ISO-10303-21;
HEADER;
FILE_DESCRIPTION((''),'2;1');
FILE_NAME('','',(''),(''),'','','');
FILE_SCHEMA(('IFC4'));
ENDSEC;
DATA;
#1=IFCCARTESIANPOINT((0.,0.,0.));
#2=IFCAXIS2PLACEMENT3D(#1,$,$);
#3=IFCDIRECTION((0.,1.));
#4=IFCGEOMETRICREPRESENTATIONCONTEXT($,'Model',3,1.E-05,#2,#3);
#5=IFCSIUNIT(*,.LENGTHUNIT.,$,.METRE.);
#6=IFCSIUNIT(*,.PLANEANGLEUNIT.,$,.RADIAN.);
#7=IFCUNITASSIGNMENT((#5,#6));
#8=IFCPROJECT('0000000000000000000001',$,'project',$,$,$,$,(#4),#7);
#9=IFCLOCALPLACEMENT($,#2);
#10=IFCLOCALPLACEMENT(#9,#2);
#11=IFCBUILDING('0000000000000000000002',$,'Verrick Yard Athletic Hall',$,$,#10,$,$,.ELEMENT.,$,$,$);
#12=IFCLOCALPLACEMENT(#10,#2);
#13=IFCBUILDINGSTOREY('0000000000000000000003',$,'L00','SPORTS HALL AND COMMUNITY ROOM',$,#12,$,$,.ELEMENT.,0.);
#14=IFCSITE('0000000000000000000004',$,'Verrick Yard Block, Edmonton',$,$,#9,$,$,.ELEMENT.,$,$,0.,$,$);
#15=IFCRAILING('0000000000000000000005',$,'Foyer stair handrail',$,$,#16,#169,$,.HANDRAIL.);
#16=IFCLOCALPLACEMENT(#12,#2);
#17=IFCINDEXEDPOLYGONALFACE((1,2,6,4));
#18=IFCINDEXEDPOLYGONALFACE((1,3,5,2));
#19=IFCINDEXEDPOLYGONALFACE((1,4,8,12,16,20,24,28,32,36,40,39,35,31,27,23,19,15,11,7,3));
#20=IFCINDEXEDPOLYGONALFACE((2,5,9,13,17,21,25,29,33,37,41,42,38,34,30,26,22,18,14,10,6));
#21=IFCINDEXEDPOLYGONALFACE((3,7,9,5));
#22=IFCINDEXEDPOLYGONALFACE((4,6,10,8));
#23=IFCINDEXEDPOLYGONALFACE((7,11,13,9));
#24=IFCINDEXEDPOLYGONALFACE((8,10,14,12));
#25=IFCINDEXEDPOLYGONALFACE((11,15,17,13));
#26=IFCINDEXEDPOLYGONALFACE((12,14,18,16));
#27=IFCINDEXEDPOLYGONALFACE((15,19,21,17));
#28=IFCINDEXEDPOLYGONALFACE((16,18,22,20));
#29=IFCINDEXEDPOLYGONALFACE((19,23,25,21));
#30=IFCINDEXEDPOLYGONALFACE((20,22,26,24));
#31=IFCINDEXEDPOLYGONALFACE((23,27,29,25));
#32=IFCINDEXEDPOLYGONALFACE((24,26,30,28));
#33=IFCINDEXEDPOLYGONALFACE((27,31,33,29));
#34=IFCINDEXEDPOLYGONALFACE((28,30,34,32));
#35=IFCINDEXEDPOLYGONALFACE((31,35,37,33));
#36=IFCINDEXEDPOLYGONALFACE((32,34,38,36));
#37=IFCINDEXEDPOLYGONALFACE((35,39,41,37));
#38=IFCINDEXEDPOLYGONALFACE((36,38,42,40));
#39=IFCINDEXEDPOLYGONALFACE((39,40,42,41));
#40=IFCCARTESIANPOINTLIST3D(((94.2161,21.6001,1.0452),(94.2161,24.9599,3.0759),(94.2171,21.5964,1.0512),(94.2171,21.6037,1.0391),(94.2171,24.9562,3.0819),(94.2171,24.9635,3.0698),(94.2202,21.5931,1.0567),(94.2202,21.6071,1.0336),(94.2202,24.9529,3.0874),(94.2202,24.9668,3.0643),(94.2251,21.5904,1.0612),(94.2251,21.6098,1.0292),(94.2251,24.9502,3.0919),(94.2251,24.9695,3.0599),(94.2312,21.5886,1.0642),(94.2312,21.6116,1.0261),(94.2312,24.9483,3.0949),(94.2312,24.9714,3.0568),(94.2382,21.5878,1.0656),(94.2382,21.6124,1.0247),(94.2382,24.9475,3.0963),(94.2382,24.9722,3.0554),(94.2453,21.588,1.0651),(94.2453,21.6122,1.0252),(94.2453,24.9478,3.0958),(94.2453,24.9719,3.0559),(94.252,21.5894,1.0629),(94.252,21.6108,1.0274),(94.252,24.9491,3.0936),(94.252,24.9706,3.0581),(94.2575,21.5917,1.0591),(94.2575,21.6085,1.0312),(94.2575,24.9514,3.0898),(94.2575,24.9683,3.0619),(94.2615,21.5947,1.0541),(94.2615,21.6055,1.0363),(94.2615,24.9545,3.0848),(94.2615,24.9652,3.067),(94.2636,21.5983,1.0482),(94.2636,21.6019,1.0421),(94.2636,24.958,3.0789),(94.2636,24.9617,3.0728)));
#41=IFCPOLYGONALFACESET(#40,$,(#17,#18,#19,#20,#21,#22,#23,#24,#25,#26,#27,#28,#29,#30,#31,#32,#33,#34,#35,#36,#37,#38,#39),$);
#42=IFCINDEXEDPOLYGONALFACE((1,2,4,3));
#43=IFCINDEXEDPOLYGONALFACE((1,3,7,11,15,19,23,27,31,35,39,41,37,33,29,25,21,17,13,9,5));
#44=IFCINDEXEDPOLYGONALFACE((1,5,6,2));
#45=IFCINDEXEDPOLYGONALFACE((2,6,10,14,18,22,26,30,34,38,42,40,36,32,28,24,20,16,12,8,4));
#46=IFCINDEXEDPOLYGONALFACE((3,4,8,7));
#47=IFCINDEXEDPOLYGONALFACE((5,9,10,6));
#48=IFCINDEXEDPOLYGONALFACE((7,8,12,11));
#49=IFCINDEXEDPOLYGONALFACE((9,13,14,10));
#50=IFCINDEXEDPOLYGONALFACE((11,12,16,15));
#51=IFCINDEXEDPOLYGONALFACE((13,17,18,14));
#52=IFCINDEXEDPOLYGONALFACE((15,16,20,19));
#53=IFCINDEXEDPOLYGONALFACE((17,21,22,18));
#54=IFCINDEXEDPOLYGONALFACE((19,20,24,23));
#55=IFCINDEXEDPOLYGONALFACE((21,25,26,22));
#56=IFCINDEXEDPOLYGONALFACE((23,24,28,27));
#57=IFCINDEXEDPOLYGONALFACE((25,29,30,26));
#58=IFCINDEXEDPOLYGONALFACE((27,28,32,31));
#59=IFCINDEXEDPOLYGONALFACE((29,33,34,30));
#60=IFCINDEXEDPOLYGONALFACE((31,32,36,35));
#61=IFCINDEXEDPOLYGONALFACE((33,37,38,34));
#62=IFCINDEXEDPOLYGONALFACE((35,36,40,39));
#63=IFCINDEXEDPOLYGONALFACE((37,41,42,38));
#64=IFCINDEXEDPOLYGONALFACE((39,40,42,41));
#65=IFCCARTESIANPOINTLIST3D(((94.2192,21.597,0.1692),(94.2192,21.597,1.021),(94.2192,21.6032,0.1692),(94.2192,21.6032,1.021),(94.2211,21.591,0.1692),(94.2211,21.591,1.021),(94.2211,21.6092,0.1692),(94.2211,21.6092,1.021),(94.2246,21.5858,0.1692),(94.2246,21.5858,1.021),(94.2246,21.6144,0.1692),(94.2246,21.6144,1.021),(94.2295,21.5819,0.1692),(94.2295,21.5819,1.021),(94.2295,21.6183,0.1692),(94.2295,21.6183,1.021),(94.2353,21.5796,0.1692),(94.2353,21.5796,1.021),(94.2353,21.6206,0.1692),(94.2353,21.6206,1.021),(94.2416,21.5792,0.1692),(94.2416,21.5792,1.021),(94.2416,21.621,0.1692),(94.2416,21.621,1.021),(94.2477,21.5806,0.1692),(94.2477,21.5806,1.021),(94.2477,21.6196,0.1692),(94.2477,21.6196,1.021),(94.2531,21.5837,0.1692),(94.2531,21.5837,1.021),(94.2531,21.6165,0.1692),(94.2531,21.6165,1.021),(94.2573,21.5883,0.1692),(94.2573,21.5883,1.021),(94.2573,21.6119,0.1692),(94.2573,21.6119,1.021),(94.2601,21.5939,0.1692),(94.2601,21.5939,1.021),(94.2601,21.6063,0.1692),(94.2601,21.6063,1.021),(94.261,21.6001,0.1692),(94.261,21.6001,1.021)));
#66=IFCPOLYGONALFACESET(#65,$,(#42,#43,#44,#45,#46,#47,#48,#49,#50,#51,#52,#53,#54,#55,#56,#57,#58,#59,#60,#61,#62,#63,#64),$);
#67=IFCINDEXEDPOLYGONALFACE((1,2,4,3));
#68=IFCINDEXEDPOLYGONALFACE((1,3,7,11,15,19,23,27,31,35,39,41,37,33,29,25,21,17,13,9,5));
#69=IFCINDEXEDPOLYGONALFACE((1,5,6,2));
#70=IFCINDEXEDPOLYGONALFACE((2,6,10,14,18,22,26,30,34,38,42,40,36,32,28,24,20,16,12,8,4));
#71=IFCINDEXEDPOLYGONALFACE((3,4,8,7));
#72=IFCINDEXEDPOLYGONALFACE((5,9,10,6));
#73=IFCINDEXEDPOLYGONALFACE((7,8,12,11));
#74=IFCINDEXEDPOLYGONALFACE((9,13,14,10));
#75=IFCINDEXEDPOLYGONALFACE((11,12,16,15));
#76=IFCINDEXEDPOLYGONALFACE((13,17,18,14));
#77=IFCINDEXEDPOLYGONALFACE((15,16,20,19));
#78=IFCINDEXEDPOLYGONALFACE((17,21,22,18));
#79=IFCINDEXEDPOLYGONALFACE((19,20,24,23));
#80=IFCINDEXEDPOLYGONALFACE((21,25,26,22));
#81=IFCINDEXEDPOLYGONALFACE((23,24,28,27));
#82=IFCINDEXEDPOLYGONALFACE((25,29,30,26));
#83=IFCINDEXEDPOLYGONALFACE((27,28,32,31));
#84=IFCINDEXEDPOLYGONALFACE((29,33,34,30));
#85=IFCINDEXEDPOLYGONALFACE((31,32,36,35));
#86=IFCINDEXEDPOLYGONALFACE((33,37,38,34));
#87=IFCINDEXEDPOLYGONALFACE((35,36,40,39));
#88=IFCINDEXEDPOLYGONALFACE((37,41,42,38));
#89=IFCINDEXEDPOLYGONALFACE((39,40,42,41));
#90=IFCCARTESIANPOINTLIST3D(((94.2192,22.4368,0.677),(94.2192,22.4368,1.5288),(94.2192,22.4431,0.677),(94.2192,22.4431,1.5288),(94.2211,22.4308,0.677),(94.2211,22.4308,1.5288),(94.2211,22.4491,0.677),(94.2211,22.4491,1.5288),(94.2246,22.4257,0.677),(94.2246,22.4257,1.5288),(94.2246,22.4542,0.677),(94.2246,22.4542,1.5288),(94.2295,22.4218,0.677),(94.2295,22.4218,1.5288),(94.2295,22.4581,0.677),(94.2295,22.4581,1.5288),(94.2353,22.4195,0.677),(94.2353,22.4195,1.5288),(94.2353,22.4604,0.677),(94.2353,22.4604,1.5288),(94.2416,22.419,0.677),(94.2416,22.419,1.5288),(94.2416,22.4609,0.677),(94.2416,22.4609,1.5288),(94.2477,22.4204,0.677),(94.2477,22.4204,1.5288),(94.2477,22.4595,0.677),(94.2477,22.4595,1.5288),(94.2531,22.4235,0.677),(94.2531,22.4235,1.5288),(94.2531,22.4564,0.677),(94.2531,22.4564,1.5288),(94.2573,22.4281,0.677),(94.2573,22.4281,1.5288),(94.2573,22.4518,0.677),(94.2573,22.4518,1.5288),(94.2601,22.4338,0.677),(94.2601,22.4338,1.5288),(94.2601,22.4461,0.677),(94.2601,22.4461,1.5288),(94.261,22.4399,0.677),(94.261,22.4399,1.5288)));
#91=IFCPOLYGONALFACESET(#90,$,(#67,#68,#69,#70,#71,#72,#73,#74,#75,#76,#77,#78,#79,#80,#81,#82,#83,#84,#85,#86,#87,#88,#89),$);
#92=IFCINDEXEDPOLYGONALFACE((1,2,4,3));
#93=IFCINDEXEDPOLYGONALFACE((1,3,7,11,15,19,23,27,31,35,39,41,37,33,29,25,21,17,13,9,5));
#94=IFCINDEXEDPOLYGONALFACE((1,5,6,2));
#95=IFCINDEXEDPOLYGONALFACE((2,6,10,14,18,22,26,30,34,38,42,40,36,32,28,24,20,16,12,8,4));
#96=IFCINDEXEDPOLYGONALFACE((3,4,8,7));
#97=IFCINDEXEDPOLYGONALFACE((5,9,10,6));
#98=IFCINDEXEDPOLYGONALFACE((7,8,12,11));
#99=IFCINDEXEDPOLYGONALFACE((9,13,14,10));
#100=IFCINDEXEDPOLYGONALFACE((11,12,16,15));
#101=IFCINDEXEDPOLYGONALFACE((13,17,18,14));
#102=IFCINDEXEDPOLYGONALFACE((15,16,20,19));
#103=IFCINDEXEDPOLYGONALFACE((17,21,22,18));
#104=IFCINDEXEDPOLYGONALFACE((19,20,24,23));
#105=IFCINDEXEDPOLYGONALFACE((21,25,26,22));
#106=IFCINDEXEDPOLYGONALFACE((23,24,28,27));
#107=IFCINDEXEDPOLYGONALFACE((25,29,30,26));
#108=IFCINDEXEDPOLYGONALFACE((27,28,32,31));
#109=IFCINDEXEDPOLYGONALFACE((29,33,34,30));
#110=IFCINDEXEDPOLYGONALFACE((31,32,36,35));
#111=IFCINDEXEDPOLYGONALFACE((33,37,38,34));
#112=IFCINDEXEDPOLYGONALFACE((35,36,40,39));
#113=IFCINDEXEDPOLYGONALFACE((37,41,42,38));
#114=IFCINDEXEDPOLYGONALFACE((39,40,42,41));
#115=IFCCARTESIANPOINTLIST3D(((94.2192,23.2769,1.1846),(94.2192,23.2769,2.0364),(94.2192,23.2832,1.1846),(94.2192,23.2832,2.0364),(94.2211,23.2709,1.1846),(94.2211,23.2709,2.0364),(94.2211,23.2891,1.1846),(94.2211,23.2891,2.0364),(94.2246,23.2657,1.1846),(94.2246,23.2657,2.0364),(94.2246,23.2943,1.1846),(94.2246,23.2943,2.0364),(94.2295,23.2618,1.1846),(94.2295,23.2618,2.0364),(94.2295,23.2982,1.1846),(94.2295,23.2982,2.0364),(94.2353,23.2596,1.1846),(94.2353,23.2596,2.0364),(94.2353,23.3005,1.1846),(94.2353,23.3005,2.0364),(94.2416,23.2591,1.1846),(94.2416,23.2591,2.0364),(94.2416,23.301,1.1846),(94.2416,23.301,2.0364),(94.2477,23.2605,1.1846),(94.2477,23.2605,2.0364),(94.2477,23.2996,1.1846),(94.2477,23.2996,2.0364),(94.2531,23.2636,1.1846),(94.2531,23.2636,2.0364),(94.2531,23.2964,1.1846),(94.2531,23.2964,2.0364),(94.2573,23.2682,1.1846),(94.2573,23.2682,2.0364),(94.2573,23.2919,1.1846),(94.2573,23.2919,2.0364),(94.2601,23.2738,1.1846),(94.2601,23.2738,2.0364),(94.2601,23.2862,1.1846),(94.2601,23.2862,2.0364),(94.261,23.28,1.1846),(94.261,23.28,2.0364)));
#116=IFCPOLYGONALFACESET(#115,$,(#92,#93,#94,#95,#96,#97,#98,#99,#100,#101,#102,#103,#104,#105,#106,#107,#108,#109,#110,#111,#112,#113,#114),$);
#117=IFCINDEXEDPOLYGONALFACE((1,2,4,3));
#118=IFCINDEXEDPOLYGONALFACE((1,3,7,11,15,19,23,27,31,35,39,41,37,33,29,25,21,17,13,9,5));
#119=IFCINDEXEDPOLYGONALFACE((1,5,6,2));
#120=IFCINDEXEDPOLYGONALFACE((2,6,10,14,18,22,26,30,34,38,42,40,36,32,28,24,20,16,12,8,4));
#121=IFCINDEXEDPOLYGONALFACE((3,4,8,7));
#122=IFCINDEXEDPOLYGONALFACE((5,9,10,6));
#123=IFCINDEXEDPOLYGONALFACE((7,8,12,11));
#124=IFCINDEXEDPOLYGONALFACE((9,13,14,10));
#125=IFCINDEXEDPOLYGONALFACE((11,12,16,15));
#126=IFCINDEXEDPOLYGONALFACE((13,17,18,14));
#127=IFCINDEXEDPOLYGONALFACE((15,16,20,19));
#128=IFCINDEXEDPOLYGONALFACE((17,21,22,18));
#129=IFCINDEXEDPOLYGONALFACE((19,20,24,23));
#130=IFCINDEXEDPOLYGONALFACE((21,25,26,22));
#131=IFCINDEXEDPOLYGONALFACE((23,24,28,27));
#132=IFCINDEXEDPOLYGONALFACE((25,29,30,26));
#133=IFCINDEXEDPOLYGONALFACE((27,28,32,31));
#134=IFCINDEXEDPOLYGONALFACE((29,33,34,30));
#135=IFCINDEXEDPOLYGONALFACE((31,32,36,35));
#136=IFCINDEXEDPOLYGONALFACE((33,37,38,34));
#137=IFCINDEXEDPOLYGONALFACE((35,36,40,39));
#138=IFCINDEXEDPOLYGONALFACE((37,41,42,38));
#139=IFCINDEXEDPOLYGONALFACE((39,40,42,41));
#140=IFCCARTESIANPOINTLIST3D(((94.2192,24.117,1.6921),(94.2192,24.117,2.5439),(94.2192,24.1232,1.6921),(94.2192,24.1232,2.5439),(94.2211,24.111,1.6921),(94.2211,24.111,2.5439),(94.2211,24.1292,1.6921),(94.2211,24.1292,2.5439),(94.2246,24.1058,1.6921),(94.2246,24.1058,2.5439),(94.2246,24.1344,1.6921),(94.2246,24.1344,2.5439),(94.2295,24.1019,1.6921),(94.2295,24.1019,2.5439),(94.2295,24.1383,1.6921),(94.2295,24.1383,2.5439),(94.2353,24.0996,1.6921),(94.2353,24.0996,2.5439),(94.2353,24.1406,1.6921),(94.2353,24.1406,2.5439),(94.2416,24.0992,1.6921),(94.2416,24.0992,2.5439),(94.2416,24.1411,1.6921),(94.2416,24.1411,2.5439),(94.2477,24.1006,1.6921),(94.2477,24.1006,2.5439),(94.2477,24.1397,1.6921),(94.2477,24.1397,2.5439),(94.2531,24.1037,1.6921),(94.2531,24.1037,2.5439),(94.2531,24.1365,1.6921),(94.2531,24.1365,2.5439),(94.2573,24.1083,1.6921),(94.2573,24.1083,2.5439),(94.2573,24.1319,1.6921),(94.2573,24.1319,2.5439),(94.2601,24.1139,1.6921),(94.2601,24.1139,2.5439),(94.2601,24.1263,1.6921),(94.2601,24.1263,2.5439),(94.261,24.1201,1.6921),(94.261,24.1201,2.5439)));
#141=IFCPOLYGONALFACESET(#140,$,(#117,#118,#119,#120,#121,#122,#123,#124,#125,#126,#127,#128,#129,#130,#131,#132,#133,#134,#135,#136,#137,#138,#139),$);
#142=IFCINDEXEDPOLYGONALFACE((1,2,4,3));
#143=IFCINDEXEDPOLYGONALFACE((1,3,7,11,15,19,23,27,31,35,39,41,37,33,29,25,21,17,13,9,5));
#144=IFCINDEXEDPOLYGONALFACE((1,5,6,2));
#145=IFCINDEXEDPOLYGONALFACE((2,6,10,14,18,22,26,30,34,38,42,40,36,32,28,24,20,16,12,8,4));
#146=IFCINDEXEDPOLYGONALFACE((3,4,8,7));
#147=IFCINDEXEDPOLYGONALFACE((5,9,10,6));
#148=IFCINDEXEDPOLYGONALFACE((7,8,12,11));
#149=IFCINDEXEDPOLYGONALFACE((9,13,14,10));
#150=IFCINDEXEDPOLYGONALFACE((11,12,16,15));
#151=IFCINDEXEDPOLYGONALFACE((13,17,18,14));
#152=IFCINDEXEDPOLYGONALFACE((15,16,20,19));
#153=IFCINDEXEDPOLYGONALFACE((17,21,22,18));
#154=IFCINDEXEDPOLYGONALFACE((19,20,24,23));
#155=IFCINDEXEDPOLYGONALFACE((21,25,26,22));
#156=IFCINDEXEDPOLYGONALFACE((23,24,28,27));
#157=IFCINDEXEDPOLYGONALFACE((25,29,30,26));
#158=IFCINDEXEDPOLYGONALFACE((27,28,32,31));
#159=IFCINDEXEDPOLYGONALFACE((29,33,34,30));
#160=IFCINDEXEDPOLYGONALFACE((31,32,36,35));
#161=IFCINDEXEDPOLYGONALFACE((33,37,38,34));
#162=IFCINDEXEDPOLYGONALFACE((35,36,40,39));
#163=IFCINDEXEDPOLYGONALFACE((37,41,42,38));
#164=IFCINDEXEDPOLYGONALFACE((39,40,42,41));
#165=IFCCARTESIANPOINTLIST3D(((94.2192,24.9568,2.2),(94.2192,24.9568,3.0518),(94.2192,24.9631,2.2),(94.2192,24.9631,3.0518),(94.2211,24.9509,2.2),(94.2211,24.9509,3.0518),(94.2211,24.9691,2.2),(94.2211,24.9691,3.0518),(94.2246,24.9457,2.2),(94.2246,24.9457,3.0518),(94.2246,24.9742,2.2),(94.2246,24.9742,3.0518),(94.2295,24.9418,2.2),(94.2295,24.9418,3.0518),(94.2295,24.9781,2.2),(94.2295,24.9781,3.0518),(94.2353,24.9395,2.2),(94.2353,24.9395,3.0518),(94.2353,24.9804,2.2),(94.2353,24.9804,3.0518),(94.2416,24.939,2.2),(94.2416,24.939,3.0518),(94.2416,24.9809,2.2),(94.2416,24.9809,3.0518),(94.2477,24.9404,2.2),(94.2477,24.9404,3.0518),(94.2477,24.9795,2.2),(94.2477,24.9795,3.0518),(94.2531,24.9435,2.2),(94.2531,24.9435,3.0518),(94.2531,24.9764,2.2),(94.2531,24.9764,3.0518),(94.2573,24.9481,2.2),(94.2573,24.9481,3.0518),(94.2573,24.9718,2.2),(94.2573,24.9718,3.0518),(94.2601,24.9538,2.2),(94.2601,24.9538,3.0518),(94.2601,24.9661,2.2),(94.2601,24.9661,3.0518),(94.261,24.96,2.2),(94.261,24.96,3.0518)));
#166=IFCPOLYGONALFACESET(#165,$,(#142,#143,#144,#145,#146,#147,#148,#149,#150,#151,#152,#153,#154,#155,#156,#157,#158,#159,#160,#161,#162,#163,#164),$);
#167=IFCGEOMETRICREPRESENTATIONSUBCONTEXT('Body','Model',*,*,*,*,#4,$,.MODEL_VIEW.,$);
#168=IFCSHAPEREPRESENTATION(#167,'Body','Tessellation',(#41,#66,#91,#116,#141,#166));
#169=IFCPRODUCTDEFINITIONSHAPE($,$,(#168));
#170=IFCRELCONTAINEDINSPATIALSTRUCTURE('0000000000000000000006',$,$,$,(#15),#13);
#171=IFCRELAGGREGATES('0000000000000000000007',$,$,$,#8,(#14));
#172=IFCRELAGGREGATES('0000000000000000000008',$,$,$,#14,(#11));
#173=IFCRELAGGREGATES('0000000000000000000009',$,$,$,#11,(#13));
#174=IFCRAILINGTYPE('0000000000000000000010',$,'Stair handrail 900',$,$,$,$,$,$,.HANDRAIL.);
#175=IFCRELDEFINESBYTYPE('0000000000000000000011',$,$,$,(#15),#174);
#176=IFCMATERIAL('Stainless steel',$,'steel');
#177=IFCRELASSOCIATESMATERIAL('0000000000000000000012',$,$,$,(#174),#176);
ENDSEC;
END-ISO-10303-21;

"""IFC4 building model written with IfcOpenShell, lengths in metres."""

from ifc_helpers import new_model, si_unit, direction, frame, origin, origin_2d, place, context, subcontext, project, spatial, circle, extrude, material, type_object, element, save


model = new_model("IFC4")

# Units and contexts
model_context = context("Model", 3, precision=1e-05, world=origin(), true_north=direction((0.0, 1.0)))
body_context = subcontext(model_context, "Body", "Model", "MODEL_VIEW")
ifc_project = project(units=[si_unit("LENGTHUNIT", "METRE"), si_unit("PLANEANGLEUNIT", "RADIAN")], contexts=[model_context])

# Site, building, storey
site_placement = place(None, origin())
site = spatial("IfcSite", under=ifc_project, at=site_placement, Name="Verrick Yard Block, Edmonton", CompositionType="ELEMENT", RefElevation=0.0)
building_placement = place(site_placement, origin())
building = spatial("IfcBuilding", under=site, at=building_placement, Name="Verrick Yard Athletic Hall", CompositionType="ELEMENT")
storey_placement = place(building_placement, origin())
storey = spatial("IfcBuildingStorey", under=building, at=storey_placement, Name="L00", Description="SPORTS HALL AND COMMUNITY ROOM", CompositionType="ELEMENT", Elevation=0.0)

# Railing
ifc_material_1 = material(Name="Stainless steel", Category="steel")
railing_type_1 = type_object("IfcRailingType", Name="Stair handrail 900", PredefinedType="HANDRAIL", material=ifc_material_1)
for number, where, name in (
    (1, (94.24, 21.6001, 0.1692), "Foyer stair handrail"),
):
    element("IfcRailing", number, at=place(storey_placement, frame(where)), inside=storey, type_object=railing_type_1, Name=name, PredefinedType="HANDRAIL", context=body_context, shape_type="SweptSolid", body=[
        extrude(circle(Radius=0.0239, at=origin_2d()), frame((0.0, 0.0, 0.876), z_axis=(0.0, 0.85582, 0.517273), x_axis=(-1.0, 0.0, 0.0)), (0.0, 0.0, 1.0), 3.9258),
        extrude(circle(Radius=0.021, at=origin_2d()), origin(), (0.0, 0.0, 1.0), 0.8518),
        extrude(circle(Radius=0.021, at=origin_2d()), frame((0.0, 0.8398, 0.5078)), (0.0, 0.0, 1.0), 0.8518),
        extrude(circle(Radius=0.021, at=origin_2d()), frame((0.0, 1.6799, 1.0154)), (0.0, 0.0, 1.0), 0.8518),
        extrude(circle(Radius=0.021, at=origin_2d()), frame((0.0, 2.52, 1.5229)), (0.0, 0.0, 1.0), 0.8518),
        extrude(circle(Radius=0.021, at=origin_2d()), frame((0.0, 3.3599, 2.0308)), (0.0, 0.0, 1.0), 0.8518),
    ])

save(model, "model.ifc")
